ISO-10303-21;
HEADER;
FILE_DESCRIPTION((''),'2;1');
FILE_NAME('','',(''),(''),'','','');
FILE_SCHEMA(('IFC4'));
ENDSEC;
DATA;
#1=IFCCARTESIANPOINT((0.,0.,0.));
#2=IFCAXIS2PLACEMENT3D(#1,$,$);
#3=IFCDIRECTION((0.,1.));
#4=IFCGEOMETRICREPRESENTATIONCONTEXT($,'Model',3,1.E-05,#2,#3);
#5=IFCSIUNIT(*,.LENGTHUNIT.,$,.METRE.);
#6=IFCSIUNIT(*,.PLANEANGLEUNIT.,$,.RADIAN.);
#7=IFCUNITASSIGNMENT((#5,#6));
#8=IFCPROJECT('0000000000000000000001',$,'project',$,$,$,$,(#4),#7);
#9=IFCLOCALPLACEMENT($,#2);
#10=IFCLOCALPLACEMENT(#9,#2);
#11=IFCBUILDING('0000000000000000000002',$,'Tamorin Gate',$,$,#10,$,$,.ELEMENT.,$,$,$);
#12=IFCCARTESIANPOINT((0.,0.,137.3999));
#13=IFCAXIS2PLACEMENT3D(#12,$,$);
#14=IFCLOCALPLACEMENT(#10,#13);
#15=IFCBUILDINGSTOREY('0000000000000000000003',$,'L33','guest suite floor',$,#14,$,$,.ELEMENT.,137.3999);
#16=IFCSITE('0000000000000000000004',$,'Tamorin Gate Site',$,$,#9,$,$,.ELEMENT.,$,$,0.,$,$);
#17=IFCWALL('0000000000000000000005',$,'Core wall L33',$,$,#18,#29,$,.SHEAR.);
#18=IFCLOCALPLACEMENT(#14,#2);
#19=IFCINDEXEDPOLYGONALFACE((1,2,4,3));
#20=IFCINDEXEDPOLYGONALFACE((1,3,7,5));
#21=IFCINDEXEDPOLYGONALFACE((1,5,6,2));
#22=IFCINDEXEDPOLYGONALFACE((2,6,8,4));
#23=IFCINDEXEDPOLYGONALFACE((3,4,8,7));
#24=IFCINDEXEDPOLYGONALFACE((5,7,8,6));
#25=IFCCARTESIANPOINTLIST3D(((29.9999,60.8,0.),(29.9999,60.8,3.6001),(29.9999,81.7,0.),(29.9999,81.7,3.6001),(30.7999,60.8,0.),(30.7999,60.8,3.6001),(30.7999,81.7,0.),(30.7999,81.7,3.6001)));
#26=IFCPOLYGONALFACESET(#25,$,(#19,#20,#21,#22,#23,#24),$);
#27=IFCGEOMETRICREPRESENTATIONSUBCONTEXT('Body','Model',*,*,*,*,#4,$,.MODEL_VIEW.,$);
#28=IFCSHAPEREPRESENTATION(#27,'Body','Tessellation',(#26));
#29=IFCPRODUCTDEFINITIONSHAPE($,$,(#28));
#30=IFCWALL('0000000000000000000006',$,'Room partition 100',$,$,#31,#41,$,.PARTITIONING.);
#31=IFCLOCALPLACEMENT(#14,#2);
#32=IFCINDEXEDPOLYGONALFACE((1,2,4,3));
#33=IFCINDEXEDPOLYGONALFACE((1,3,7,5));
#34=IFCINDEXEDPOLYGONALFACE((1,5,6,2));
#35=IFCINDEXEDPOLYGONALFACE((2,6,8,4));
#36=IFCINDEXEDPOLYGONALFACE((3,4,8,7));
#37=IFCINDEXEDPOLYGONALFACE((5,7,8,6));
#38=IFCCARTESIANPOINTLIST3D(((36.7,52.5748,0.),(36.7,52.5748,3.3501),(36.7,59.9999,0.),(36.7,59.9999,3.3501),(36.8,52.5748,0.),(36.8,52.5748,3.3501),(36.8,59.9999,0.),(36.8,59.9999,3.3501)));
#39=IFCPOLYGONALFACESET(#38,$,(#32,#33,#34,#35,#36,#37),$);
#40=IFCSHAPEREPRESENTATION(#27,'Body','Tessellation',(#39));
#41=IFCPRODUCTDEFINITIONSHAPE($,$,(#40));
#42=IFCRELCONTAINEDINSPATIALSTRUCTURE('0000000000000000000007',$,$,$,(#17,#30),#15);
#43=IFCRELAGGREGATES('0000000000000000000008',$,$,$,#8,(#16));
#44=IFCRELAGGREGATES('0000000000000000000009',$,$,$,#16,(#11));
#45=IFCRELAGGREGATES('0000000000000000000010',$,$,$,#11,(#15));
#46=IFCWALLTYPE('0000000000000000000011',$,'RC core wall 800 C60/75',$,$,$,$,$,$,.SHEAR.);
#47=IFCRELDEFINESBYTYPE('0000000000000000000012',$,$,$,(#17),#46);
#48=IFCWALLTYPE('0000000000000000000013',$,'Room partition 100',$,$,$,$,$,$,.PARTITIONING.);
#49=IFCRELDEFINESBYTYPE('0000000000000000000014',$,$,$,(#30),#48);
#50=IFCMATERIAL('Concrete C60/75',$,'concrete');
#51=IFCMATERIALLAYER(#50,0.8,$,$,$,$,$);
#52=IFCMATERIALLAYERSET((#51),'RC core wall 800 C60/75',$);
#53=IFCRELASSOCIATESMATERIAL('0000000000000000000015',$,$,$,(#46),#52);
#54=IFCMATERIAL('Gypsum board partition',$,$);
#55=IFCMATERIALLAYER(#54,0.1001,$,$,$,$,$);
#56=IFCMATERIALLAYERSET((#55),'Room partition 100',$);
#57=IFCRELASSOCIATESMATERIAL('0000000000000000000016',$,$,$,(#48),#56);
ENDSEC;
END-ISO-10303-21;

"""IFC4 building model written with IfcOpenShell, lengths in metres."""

from ifc_helpers import new_model, si_unit, direction, frame, frame_2d, origin, place, context, subcontext, project, spatial, rectangle, extrude, material, layer, layer_set, type_object, element, save


model = new_model("IFC4")

# Units and contexts
model_context = context("Model", 3, precision=1e-05, world=origin(), true_north=direction((0.0, 1.0)))
body_context = subcontext(model_context, "Body", "Model", "MODEL_VIEW")
ifc_project = project(units=[si_unit("LENGTHUNIT", "METRE"), si_unit("PLANEANGLEUNIT", "RADIAN")], contexts=[model_context])

# Site, building, storey
site_placement = place(None, origin())
site = spatial("IfcSite", under=ifc_project, at=site_placement, Name="Tamorin Gate Site", CompositionType="ELEMENT", RefElevation=0.0)
building_placement = place(site_placement, origin())
building = spatial("IfcBuilding", under=site, at=building_placement, Name="Tamorin Gate", CompositionType="ELEMENT")
storey_placement = place(building_placement, frame((0.0, 0.0, 137.3999)))
storey = spatial("IfcBuildingStorey", under=building, at=storey_placement, Name="L33", Description="guest suite floor", CompositionType="ELEMENT", Elevation=137.3999)

# Shared definitions
ifc_material_1 = material(Name="Gypsum board partition")

# Shared definitions
ifc_material_2 = material(Name="Concrete C60/75", Category="concrete")

# Shared definitions
ifc_layer_1 = layer(ifc_material_2, 0.8)
ifc_layer_set_1 = layer_set([ifc_layer_1], Name="RC core wall 800 C60/75")
wall_type_1 = type_object("IfcWallType", Name="RC core wall 800 C60/75", PredefinedType="SHEAR", material=ifc_layer_set_1)

# Walls
wall_1_placement = place(storey_placement, frame((30.3999, 60.8, 0.0), z_axis=(0.0, 0.0, 1.0), x_axis=(0.0, 1.0, 0.0)))
element("IfcWall", 1, at=wall_1_placement, inside=storey, type_object=wall_type_1, Name="Core wall L33", PredefinedType="SHEAR", context=body_context, shape_type="SweptSolid", body=[
    extrude(rectangle(XDim=20.8999, YDim=0.8, at=frame_2d((10.45, 0.0))), origin(), (0.0, 0.0, 1.0), 3.6001),
])
ifc_layer_2 = layer(ifc_material_1, 0.1001)
ifc_layer_set_2 = layer_set([ifc_layer_2], Name="Room partition 100")
wall_type_2 = type_object("IfcWallType", Name="Room partition 100", PredefinedType="PARTITIONING", material=ifc_layer_set_2)
wall_2_placement = place(storey_placement, frame((36.75, 52.575, 0.0), z_axis=(0.0, 0.0, 1.0), x_axis=(0.0, 1.0, 0.0)))
element("IfcWall", 2, at=wall_2_placement, inside=storey, type_object=wall_type_2, Name="Room partition 100", PredefinedType="PARTITIONING", context=body_context, shape_type="SweptSolid", body=[
    extrude(rectangle(XDim=7.425, YDim=0.1001, at=frame_2d((3.7124, 0.0))), origin(), (0.0, 0.0, 1.0), 3.3501),
])

save(model, "model.ifc")
